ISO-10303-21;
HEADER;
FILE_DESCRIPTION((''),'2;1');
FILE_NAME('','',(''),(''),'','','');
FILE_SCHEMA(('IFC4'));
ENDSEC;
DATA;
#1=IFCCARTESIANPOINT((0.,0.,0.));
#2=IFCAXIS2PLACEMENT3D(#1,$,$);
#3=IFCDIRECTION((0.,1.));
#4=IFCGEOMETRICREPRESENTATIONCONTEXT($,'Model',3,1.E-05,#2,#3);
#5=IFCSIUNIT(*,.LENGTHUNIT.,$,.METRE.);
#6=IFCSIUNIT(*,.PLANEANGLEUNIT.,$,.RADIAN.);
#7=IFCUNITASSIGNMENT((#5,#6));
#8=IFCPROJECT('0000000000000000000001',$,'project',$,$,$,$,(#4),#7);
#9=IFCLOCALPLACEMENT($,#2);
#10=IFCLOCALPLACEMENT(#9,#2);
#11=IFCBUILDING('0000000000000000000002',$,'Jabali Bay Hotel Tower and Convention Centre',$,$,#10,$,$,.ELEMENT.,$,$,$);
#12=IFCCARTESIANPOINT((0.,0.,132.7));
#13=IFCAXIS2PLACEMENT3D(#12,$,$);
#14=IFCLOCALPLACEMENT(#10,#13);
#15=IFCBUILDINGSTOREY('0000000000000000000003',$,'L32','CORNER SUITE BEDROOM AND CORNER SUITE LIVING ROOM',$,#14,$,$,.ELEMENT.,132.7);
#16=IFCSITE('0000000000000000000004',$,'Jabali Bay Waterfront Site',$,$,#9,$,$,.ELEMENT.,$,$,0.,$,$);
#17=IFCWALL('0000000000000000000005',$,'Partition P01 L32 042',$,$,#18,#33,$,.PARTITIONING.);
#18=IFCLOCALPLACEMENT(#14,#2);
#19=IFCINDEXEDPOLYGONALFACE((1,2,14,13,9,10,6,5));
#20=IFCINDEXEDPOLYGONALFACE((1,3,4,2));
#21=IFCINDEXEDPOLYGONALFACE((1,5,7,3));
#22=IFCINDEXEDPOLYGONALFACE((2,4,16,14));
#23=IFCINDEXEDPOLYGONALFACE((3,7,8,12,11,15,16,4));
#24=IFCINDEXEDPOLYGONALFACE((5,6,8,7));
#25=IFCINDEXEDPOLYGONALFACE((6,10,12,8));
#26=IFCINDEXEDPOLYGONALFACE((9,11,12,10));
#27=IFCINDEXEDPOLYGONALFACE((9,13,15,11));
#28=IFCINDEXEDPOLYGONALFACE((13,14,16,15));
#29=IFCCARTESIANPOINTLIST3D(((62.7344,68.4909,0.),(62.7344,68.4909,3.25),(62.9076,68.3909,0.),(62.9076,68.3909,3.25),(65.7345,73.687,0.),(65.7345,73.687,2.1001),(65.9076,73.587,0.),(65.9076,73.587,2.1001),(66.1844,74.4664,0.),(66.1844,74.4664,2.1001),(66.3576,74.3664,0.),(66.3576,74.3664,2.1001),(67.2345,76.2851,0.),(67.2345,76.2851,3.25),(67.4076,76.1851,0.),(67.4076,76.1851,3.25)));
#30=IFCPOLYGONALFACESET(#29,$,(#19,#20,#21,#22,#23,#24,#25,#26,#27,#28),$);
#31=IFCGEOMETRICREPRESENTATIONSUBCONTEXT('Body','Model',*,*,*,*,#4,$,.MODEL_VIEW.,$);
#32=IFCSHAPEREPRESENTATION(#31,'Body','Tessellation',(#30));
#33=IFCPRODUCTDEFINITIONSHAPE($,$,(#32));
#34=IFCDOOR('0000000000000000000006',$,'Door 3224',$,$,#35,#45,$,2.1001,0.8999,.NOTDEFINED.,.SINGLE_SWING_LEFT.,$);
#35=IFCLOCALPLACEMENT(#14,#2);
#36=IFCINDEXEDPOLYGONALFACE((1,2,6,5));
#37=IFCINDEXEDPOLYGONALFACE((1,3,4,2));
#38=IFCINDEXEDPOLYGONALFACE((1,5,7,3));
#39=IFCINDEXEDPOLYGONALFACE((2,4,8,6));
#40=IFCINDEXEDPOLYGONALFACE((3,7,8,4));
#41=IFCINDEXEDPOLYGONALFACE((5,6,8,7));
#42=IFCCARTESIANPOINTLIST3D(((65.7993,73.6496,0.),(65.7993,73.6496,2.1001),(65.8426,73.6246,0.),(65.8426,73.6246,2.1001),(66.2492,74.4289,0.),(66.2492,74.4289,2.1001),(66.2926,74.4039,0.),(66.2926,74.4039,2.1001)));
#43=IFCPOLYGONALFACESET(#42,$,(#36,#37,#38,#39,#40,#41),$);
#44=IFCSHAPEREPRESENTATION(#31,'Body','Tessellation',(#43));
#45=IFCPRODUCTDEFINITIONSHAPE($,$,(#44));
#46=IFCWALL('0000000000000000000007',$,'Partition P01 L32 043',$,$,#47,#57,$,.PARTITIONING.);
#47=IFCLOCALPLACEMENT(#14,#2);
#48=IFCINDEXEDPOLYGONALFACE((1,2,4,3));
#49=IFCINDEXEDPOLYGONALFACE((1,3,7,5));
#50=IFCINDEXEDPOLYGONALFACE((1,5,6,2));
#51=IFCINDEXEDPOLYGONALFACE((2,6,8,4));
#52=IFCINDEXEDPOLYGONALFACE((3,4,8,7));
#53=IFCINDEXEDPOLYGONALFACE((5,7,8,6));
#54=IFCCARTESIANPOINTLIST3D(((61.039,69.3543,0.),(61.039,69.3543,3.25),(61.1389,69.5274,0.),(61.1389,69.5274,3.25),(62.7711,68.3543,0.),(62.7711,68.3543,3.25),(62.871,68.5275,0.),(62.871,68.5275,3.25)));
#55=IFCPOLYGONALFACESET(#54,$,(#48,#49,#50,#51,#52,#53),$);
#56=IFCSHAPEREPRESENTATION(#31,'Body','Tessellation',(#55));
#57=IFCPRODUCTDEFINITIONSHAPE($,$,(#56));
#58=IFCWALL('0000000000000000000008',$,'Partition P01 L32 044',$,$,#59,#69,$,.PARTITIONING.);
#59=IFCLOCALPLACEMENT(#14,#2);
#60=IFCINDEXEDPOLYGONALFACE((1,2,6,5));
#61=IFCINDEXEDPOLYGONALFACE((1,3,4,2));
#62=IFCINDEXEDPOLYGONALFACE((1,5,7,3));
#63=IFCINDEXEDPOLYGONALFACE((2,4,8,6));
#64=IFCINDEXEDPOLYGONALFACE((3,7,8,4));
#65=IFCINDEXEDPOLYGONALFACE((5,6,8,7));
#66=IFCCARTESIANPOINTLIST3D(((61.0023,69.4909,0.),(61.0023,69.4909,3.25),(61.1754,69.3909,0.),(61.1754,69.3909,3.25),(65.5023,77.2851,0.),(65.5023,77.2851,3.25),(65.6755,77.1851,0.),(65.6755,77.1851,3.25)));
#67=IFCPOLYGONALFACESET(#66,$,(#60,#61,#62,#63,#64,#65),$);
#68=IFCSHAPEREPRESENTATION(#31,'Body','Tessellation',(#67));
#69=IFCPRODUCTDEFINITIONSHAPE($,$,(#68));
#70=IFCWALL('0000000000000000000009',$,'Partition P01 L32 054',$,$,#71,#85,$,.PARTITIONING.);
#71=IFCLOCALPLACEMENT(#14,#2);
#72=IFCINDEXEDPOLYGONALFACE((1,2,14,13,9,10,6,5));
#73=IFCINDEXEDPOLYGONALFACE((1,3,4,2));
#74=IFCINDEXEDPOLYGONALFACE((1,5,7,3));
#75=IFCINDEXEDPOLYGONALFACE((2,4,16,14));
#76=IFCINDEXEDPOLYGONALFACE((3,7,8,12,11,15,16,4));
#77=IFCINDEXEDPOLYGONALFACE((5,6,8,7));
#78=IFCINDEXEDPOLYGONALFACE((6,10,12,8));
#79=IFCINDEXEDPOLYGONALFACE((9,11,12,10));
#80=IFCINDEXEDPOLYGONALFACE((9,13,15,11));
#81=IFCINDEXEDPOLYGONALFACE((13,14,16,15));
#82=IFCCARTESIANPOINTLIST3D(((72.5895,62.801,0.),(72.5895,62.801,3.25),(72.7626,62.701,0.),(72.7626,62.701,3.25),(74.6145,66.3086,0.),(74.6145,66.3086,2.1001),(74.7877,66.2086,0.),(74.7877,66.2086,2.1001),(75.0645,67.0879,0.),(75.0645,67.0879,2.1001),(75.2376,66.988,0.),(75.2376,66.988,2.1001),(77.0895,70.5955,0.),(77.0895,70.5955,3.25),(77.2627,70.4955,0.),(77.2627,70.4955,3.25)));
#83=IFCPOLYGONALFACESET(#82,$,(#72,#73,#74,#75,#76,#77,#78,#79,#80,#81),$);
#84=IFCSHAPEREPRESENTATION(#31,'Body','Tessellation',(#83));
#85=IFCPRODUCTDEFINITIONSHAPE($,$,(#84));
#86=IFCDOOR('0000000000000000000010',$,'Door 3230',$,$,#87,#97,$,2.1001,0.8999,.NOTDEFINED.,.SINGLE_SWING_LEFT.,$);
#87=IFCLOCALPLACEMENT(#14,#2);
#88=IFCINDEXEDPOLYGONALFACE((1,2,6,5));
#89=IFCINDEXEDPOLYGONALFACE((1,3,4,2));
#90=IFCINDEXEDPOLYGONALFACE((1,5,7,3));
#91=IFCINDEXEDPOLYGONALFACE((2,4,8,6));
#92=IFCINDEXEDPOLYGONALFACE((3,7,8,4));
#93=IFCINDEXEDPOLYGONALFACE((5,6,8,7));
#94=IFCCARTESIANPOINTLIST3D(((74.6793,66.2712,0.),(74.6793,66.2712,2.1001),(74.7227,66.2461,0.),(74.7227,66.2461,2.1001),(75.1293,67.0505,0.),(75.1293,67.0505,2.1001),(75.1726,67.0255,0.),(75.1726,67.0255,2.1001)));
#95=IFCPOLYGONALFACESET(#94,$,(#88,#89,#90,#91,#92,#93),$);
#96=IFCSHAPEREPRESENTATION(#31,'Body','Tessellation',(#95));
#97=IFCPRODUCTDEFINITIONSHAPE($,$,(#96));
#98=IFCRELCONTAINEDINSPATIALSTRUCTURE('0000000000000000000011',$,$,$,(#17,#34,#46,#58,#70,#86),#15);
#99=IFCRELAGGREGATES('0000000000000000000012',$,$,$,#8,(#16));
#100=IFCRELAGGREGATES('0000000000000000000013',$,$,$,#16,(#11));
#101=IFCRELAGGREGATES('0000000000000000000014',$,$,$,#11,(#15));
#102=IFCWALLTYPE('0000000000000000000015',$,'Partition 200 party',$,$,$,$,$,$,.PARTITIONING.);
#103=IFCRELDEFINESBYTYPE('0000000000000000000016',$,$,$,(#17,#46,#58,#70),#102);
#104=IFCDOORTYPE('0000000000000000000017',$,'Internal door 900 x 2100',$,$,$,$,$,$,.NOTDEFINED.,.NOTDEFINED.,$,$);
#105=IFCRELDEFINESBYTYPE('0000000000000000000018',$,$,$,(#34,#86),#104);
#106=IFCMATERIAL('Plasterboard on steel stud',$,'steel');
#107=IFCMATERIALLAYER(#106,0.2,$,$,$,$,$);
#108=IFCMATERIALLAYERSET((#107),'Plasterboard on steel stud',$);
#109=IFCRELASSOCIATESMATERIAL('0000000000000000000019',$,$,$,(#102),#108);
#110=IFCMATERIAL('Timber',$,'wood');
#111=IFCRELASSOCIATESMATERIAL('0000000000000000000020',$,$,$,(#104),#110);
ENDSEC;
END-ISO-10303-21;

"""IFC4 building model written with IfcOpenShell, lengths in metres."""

from ifc_helpers import new_model, si_unit, direction, frame, frame_2d, origin, place, context, subcontext, project, spatial, rectangle, extrude, material, layer, layer_set, type_object, element, fill, save


model = new_model("IFC4")

# Units and contexts
model_context = context("Model", 3, precision=1e-05, world=origin(), true_north=direction((0.0, 1.0)))
body_context = subcontext(model_context, "Body", "Model", "MODEL_VIEW")
ifc_project = project(units=[si_unit("LENGTHUNIT", "METRE"), si_unit("PLANEANGLEUNIT", "RADIAN")], contexts=[model_context])

# Site, building, storey
site_placement = place(None, origin())
site = spatial("IfcSite", under=ifc_project, at=site_placement, Name="Jabali Bay Waterfront Site", CompositionType="ELEMENT", RefElevation=0.0)
building_placement = place(site_placement, origin())
building = spatial("IfcBuilding", under=site, at=building_placement, Name="Jabali Bay Hotel Tower and Convention Centre", CompositionType="ELEMENT")
storey_placement = place(building_placement, frame((0.0, 0.0, 132.7)))
storey = spatial("IfcBuildingStorey", under=building, at=storey_placement, Name="L32", Description="CORNER SUITE BEDROOM AND CORNER SUITE LIVING ROOM", CompositionType="ELEMENT", Elevation=132.7)

# Shared definitions
ifc_material_1 = material(Name="Timber", Category="wood")

# Shared definitions
ifc_material_2 = material(Name="Plasterboard on steel stud", Category="steel")

# Wall, opening, door
ifc_layer_1 = layer(ifc_material_2, 0.2)
ifc_layer_set_1 = layer_set([ifc_layer_1], Name="Plasterboard on steel stud")
wall_type_1 = type_object("IfcWallType", Name="Partition 200 party", PredefinedType="PARTITIONING", material=ifc_layer_set_1)
wall_1_placement = place(storey_placement, frame((67.321, 76.2351, 0.0), z_axis=(0.0, 0.0, 1.0), x_axis=(-0.500002, -0.866024, 0.0)))
wall_1 = element("IfcWall", 1, at=wall_1_placement, inside=storey, type_object=wall_type_1, Name="Partition P01 L32 042", PredefinedType="PARTITIONING", context=body_context, shape_type="SweptSolid", body=[
    extrude(rectangle(XDim=9.0, YDim=0.2, at=frame_2d((4.5, 0.0))), origin(), (0.0, 0.0, 1.0), 3.25),
])
opening_1_placement = place(wall_1_placement, frame((2.1001, 0.0, 0.0)))
opening_1 = element("IfcOpeningElement", 2, at=opening_1_placement, cuts=wall_1, PredefinedType="OPENING", context=body_context, shape_type="SweptSolid", body=[
    extrude(rectangle(XDim=0.8999, YDim=2.1001, at=frame_2d((0.45, 1.05))), frame((0.0, 0.1104, 0.0), z_axis=(0.0, -1.0, 0.0), x_axis=(1.0, 0.0, 0.0)), (0.0, 0.0, 1.0), 0.2209),
])
door_type_1 = type_object("IfcDoorType", Name="Internal door 900 x 2100", OperationType="NOTDEFINED", PredefinedType="NOTDEFINED", material=ifc_material_1)
door_1_placement = place(opening_1_placement, origin())
door_1 = element("IfcDoor", 3, at=door_1_placement, inside=storey, type_object=door_type_1, Name="Door 3224", OperationType="SINGLE_SWING_LEFT", OverallHeight=2.1001, OverallWidth=0.8999, PredefinedType="NOTDEFINED", context=body_context, shape_type="SweptSolid", body=[
    extrude(rectangle(XDim=0.8999, YDim=2.1001, at=frame_2d((0.45, 1.05))), frame((0.0, 0.0249, 0.0), z_axis=(0.0, -1.0, 0.0), x_axis=(1.0, 0.0, 0.0)), (0.0, 0.0, 1.0), 0.05),
])
fill(opening_1, door_1)

# Walls
wall_2_placement = place(storey_placement, frame((62.821, 68.4409, 0.0), z_axis=(0.0, 0.0, 1.0), x_axis=(-0.866041, 0.499973, 0.0)))
element("IfcWall", 4, at=wall_2_placement, inside=storey, type_object=wall_type_1, Name="Partition P01 L32 043", PredefinedType="PARTITIONING", context=body_context, shape_type="SweptSolid", body=[
    extrude(rectangle(XDim=2.0, YDim=0.2, at=frame_2d((1.0, 0.0))), origin(), (0.0, 0.0, 1.0), 3.25),
])
wall_3_placement = place(storey_placement, frame((61.0889, 69.4409, 0.0), z_axis=(0.0, 0.0, 1.0), x_axis=(0.500002, 0.866024, 0.0)))
element("IfcWall", 5, at=wall_3_placement, inside=storey, type_object=wall_type_1, Name="Partition P01 L32 044", PredefinedType="PARTITIONING", context=body_context, shape_type="SweptSolid", body=[
    extrude(rectangle(XDim=9.0, YDim=0.2, at=frame_2d((4.5, 0.0))), origin(), (0.0, 0.0, 1.0), 3.25),
])

# Wall, opening, door
wall_4_placement = place(storey_placement, frame((77.176, 70.5454, 0.0), z_axis=(0.0, 0.0, 1.0), x_axis=(-0.49999, -0.866031, 0.0)))
wall_4 = element("IfcWall", 6, at=wall_4_placement, inside=storey, type_object=wall_type_1, Name="Partition P01 L32 054", PredefinedType="PARTITIONING", context=body_context, shape_type="SweptSolid", body=[
    extrude(rectangle(XDim=9.0002, YDim=0.2, at=frame_2d((4.5, 0.0))), origin(), (0.0, 0.0, 1.0), 3.25),
])
opening_2_placement = place(wall_4_placement, frame((4.05, 0.0, 0.0)))
opening_2 = element("IfcOpeningElement", 7, at=opening_2_placement, cuts=wall_4, PredefinedType="OPENING", context=body_context, shape_type="SweptSolid", body=[
    extrude(rectangle(XDim=0.8999, YDim=2.1001, at=frame_2d((0.45, 1.05))), frame((0.0, 0.1104, 0.0), z_axis=(0.0, -1.0, 0.0), x_axis=(1.0, 0.0, 0.0)), (0.0, 0.0, 1.0), 0.2209),
])
door_2_placement = place(opening_2_placement, origin())
door_2 = element("IfcDoor", 8, at=door_2_placement, inside=storey, type_object=door_type_1, Name="Door 3230", OperationType="SINGLE_SWING_LEFT", OverallHeight=2.1001, OverallWidth=0.8999, PredefinedType="NOTDEFINED", context=body_context, shape_type="SweptSolid", body=[
    extrude(rectangle(XDim=0.8999, YDim=2.1001, at=frame_2d((0.45, 1.05))), frame((0.0, 0.0249, 0.0), z_axis=(0.0, -1.0, 0.0), x_axis=(1.0, 0.0, 0.0)), (0.0, 0.0, 1.0), 0.05),
])
fill(opening_2, door_2)

save(model, "model.ifc")
